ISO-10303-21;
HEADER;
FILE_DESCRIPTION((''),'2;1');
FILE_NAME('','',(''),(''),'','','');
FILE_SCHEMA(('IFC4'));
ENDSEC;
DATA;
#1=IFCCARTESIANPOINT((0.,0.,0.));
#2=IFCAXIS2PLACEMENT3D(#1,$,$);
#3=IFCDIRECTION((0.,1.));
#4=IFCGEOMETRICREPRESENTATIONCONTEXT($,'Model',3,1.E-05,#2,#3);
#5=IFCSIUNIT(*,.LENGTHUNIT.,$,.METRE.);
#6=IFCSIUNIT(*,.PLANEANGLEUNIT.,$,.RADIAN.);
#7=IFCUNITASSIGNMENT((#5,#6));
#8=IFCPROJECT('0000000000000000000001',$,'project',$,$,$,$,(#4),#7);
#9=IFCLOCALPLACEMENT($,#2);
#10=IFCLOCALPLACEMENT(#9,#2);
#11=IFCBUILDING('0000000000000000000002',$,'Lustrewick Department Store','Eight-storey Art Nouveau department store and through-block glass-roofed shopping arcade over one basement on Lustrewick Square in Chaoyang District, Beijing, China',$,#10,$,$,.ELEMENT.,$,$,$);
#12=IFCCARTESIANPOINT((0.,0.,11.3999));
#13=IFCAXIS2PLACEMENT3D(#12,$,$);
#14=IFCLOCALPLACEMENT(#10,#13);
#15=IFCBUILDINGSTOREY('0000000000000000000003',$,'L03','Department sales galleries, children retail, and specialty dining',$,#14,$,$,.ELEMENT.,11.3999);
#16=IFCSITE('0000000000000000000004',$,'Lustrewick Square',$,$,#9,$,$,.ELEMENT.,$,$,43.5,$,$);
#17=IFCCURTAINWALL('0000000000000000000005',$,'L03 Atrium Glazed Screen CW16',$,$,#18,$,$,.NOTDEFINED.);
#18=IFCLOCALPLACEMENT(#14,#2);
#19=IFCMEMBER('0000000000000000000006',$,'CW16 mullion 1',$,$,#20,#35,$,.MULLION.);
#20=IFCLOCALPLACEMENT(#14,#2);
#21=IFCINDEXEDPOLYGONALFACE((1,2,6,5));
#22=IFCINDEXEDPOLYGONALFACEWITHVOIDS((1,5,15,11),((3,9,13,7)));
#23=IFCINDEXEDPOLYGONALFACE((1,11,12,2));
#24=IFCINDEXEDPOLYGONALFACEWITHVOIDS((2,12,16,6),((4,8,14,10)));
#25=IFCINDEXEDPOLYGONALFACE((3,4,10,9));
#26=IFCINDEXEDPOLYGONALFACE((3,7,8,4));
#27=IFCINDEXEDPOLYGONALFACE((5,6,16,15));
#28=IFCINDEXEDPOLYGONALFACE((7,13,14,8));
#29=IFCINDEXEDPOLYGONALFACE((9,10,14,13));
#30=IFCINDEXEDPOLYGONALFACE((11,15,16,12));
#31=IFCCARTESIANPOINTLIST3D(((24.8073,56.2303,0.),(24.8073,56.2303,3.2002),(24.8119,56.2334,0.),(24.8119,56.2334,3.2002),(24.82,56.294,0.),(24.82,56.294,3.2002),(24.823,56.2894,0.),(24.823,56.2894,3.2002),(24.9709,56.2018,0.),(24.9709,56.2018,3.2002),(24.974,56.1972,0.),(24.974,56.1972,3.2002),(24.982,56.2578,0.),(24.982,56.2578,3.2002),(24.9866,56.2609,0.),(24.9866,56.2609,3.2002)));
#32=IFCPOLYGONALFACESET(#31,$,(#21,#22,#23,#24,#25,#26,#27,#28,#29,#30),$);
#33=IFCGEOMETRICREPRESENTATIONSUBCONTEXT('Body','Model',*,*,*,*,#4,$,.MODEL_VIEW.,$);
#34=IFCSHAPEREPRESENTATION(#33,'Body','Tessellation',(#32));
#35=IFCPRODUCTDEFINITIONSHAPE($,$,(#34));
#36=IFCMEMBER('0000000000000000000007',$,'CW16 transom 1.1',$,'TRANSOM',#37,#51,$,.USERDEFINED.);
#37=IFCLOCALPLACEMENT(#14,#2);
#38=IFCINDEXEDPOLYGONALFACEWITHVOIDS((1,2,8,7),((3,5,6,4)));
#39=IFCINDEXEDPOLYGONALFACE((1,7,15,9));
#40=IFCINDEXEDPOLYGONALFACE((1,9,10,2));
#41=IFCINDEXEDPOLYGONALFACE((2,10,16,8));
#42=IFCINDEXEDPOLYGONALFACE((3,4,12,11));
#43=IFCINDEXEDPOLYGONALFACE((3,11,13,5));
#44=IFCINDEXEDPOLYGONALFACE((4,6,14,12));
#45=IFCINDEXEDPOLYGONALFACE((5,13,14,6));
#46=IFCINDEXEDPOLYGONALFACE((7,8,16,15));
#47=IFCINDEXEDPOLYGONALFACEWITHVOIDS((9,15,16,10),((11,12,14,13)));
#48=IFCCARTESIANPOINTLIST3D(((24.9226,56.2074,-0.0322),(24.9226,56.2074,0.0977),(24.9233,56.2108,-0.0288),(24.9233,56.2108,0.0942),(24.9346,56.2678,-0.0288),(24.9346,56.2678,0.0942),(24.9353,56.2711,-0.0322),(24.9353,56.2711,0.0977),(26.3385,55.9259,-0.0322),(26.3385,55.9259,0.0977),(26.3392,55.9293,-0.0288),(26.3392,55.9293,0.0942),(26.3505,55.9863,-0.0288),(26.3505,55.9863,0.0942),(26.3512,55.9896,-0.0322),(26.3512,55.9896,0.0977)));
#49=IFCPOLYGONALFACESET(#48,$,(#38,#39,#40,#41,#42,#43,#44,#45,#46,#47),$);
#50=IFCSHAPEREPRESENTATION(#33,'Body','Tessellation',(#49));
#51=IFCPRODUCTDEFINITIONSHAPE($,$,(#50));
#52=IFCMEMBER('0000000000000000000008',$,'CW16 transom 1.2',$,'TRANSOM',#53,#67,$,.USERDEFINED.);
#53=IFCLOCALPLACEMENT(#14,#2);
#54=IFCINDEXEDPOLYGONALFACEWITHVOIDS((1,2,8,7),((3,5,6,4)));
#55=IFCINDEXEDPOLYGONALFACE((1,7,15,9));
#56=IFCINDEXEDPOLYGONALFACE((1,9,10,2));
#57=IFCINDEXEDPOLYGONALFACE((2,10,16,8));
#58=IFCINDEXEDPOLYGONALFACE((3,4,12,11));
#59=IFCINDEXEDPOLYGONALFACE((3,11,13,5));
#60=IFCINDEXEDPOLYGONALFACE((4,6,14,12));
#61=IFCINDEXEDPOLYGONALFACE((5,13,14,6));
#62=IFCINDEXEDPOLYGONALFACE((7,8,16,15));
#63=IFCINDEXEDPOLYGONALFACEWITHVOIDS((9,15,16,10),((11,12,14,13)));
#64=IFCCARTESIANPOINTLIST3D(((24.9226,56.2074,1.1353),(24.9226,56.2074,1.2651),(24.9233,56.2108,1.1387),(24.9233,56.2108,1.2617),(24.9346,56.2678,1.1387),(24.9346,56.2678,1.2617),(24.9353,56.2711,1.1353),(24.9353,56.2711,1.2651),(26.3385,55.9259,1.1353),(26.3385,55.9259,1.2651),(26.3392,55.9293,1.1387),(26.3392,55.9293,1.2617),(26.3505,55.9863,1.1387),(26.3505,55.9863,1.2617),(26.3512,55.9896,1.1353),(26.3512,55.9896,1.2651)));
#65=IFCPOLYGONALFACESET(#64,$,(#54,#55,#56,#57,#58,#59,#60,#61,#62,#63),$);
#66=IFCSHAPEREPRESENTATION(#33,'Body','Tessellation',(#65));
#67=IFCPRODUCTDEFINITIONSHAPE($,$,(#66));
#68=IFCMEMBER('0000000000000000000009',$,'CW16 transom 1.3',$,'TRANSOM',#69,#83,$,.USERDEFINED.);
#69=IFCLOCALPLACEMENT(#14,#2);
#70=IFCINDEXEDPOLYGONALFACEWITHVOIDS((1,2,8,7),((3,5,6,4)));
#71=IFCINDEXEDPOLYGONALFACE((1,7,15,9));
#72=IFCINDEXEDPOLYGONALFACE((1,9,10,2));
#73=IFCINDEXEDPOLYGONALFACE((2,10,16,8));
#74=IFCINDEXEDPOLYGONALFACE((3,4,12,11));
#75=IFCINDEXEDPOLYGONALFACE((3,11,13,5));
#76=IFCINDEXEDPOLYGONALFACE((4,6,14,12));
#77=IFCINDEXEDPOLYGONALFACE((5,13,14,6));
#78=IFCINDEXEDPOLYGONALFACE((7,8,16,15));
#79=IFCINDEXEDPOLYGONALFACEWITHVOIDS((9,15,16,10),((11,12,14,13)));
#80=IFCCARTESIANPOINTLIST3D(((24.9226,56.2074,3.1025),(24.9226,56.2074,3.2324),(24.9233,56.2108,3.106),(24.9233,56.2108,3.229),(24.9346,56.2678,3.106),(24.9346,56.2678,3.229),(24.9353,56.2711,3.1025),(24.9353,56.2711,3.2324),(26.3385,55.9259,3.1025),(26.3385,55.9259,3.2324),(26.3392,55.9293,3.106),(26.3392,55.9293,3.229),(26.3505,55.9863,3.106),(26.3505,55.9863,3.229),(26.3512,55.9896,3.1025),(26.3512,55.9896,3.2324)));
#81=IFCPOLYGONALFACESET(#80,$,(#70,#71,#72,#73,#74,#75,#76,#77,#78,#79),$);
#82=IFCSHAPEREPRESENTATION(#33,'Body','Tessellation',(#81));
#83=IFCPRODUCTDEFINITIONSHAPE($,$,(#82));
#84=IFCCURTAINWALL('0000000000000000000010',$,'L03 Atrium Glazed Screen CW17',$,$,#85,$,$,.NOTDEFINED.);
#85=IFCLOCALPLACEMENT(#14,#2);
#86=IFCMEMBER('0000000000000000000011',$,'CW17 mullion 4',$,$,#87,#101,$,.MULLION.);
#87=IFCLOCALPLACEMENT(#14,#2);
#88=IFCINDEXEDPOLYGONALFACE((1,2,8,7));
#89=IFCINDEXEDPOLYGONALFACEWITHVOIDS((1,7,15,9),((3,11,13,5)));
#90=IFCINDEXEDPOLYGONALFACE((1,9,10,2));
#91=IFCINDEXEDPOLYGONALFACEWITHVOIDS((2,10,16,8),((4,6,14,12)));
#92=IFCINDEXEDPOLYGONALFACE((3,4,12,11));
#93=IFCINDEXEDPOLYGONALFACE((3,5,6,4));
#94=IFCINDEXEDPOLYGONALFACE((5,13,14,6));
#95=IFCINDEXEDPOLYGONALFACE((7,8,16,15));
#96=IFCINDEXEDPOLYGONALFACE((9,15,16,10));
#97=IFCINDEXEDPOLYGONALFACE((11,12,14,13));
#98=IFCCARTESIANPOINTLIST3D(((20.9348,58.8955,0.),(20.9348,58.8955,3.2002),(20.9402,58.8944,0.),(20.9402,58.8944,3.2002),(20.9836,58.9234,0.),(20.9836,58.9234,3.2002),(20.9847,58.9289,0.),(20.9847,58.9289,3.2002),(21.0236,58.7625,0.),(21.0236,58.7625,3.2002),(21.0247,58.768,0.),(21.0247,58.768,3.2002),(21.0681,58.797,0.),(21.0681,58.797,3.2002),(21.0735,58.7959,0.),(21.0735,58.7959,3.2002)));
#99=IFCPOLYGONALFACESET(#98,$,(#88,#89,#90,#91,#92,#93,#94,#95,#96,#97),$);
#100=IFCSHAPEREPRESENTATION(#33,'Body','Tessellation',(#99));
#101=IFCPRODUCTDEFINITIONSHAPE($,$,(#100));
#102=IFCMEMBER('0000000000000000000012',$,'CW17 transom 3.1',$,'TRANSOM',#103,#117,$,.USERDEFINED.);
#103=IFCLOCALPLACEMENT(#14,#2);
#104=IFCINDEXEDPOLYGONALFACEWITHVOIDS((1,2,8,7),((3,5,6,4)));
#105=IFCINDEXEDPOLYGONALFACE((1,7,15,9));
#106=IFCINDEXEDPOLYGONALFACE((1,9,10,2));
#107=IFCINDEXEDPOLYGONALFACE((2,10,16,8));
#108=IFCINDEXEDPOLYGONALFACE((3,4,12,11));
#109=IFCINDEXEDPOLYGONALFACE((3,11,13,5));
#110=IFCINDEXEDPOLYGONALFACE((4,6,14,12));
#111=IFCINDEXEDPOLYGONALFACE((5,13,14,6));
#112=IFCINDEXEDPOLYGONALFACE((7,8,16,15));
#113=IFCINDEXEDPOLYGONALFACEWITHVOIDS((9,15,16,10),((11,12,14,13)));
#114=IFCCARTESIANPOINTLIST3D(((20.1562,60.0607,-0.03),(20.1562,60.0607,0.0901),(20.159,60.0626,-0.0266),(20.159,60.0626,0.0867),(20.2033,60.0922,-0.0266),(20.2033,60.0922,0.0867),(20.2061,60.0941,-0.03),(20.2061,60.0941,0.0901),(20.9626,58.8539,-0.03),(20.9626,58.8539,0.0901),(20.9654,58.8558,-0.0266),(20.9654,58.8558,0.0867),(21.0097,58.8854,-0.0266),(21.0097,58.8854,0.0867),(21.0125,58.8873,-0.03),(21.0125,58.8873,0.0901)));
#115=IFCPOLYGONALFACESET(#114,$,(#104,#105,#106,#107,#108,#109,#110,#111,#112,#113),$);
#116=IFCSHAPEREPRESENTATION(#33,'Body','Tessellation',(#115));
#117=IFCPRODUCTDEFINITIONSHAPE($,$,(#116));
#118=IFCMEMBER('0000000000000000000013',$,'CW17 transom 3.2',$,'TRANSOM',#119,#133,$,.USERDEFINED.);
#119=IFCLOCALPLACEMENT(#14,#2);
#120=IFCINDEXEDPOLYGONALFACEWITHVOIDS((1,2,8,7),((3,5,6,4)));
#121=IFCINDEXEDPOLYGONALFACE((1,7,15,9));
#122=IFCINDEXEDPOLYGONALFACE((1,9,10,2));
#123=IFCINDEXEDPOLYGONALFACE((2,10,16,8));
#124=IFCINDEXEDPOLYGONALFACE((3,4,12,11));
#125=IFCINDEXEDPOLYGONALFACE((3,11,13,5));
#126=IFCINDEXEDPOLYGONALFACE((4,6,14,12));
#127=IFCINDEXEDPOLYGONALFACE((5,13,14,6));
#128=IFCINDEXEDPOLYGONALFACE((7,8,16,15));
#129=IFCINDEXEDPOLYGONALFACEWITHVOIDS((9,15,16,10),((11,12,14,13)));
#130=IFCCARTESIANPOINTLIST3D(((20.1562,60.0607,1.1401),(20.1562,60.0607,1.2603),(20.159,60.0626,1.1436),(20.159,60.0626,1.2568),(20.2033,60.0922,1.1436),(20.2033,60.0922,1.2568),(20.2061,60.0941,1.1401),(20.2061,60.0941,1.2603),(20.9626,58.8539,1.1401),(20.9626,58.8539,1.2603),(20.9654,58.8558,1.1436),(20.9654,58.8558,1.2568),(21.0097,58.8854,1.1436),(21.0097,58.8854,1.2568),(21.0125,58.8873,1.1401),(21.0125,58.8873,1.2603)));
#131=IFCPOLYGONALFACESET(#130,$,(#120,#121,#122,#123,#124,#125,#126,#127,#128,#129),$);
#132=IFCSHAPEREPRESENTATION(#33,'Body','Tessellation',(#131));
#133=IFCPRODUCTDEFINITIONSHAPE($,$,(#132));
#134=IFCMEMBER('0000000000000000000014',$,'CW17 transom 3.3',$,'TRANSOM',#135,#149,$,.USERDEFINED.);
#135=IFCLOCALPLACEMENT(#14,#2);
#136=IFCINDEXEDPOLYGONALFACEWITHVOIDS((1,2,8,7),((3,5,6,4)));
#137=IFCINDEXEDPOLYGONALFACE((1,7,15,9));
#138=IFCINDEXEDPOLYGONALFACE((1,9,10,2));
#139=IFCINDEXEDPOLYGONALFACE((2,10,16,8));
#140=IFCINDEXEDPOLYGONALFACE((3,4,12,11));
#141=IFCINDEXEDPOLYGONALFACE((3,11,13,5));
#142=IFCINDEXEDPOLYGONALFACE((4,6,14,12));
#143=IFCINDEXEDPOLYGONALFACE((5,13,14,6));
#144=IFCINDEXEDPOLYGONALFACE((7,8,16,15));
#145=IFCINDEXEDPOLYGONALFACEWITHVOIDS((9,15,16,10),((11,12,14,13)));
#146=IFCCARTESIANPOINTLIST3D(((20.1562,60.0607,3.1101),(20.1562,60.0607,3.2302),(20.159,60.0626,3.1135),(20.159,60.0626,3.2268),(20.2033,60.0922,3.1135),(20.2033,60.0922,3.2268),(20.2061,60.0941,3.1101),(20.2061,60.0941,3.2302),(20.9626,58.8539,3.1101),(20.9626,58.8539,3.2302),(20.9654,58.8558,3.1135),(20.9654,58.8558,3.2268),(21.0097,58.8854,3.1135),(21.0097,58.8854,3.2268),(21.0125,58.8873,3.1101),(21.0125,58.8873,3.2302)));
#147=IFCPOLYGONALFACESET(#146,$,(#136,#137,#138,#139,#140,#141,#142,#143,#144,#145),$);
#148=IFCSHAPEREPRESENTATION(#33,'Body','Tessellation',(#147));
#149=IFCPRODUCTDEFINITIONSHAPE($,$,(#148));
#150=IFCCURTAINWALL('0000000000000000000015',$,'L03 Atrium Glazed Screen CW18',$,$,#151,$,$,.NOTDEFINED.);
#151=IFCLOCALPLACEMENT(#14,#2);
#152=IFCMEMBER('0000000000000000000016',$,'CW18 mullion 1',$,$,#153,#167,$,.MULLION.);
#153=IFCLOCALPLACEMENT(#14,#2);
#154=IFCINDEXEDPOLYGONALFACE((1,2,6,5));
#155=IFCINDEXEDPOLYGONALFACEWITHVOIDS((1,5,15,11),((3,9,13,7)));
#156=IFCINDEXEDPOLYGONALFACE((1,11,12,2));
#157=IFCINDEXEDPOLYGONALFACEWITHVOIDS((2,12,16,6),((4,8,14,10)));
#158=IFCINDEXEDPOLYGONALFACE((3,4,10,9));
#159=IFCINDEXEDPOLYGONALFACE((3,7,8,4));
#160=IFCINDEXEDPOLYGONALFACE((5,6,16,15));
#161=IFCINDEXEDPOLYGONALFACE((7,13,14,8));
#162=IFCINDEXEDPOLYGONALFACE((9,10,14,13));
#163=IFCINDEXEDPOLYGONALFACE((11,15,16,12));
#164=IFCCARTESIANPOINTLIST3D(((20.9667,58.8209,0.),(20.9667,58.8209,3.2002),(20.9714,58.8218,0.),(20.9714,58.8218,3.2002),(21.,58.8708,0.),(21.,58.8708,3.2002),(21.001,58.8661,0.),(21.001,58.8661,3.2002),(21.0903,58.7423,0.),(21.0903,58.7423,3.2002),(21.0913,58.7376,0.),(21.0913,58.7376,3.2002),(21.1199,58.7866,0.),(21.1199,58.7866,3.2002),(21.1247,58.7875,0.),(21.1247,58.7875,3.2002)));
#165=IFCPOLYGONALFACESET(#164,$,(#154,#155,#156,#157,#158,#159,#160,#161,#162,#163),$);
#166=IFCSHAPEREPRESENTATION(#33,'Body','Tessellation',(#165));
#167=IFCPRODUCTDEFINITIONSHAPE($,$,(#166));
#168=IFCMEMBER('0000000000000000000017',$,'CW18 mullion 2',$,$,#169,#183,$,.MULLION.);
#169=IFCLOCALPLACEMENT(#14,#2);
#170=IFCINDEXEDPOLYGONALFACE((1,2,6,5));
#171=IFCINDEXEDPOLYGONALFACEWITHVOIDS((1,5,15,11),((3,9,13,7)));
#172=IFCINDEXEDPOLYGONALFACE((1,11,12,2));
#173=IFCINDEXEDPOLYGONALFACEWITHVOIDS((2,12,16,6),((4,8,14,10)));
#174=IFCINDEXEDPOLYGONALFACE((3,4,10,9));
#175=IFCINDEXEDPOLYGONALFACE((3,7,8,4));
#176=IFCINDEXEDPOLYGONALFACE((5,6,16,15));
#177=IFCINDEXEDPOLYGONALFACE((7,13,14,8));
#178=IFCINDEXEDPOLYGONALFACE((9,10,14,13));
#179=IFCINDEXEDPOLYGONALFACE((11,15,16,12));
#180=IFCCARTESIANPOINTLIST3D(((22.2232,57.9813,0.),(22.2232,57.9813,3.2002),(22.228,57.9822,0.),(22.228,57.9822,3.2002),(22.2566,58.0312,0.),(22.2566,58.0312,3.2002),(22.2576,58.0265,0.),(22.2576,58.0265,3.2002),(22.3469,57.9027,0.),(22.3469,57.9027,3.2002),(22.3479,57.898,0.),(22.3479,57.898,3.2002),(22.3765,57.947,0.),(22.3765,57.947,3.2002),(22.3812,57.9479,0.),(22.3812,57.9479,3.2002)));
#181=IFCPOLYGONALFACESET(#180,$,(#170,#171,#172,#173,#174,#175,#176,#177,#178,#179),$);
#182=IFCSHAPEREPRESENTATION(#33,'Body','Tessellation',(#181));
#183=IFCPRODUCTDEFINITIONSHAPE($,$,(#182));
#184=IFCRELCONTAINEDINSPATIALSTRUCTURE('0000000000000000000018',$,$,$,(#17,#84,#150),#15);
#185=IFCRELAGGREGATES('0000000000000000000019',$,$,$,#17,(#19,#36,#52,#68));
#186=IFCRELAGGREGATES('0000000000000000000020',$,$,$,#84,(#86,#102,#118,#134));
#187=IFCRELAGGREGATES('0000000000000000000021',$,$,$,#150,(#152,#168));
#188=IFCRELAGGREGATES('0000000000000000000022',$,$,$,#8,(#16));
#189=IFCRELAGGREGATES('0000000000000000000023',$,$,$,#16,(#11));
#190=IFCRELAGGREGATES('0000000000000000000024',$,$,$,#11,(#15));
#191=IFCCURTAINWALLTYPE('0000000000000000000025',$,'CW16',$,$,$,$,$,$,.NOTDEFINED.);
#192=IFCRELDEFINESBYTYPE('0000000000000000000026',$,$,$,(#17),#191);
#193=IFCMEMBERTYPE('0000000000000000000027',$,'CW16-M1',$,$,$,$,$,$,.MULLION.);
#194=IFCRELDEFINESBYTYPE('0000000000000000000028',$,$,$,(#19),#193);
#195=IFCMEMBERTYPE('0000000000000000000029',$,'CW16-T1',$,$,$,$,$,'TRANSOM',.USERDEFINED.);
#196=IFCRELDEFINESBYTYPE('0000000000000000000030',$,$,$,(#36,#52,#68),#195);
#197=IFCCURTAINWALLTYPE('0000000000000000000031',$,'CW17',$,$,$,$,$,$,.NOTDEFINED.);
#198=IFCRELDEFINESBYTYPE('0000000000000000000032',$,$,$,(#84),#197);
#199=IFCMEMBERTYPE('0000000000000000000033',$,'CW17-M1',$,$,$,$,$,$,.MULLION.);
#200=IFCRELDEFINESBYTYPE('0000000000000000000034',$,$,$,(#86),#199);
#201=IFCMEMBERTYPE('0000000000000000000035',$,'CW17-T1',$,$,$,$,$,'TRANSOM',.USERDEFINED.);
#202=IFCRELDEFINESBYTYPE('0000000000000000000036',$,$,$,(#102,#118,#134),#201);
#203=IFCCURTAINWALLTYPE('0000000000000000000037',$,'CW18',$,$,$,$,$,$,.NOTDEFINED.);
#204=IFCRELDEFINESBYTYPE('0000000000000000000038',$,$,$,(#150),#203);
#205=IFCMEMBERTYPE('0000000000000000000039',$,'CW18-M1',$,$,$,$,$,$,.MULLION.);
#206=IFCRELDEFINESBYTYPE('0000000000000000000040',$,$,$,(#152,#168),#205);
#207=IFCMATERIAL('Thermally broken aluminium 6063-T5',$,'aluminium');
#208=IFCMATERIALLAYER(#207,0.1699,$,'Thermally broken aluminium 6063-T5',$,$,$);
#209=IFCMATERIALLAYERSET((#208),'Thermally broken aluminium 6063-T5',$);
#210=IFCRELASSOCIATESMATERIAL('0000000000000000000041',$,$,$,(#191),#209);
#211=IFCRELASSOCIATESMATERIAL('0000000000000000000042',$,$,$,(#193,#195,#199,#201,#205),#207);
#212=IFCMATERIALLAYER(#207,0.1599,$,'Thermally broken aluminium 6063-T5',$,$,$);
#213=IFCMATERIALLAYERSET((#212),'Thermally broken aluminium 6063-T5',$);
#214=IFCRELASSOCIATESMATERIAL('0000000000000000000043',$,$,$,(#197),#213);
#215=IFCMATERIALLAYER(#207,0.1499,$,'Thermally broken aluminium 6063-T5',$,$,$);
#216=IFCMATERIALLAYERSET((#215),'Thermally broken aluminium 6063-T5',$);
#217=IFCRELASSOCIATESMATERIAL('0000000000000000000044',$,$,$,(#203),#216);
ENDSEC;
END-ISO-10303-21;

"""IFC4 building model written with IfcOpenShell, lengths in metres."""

from ifc_helpers import new_model, si_unit, direction, frame, origin, origin_2d, place, context, subcontext, project, spatial, hollow_rectangle, extrude, material, layer, layer_set, material_profile, profile_set, type_object, element, aggregate, save


model = new_model("IFC4")

# Units and contexts
model_context = context("Model", 3, precision=1e-05, world=origin(), true_north=direction((0.0, 1.0)))
body_context = subcontext(model_context, "Body", "Model", "MODEL_VIEW")
ifc_project = project(units=[si_unit("LENGTHUNIT", "METRE"), si_unit("PLANEANGLEUNIT", "RADIAN")], contexts=[model_context])

# Site, building, storey
site_placement = place(None, origin())
site = spatial("IfcSite", under=ifc_project, at=site_placement, Name="Lustrewick Square", CompositionType="ELEMENT", RefElevation=43.5)
building_placement = place(site_placement, origin())
building = spatial("IfcBuilding", under=site, at=building_placement, Name="Lustrewick Department Store", Description="Eight-storey Art Nouveau department store and through-block glass-roofed shopping arcade over one basement on Lustrewick Square in Chaoyang District, Beijing, China", CompositionType="ELEMENT")
storey_placement = place(building_placement, frame((0.0, 0.0, 11.3999)))
storey = spatial("IfcBuildingStorey", under=building, at=storey_placement, Name="L03", Description="Department sales galleries, children retail, and specialty dining", CompositionType="ELEMENT", Elevation=11.3999)

# Curtain walls, members
ifc_material_1 = material(Name="Thermally broken aluminium 6063-T5", Category="aluminium")
ifc_layer_1 = layer(ifc_material_1, 0.1699, Name="Thermally broken aluminium 6063-T5")
ifc_layer_set_1 = layer_set([ifc_layer_1], Name="Thermally broken aluminium 6063-T5")
curtain_wall_type_1 = type_object("IfcCurtainWallType", Name="CW16", PredefinedType="NOTDEFINED", material=ifc_layer_set_1)
curtain_wall_1_placement = place(storey_placement, origin())
curtain_wall_1 = element("IfcCurtainWall", 1, at=curtain_wall_1_placement, inside=storey, type_object=curtain_wall_type_1, Name="L03 Atrium Glazed Screen CW16", PredefinedType="NOTDEFINED")
ifc_material_profile_1 = material_profile(ifc_material_1, hollow_rectangle(XDim=0.0649, YDim=0.1699, WallThickness=0.0039, at=origin_2d()), Name="ALU-M 65x170x4")
ifc_profile_set_1 = profile_set([ifc_material_profile_1], Name="Thermally broken aluminium 6063-T5")
member_type_1 = type_object("IfcMemberType", Name="CW16-M1", PredefinedType="MULLION", material=ifc_profile_set_1)
member_1_placement = place(storey_placement, frame((24.897, 56.2456, 0.0), z_axis=(0.0, 0.0, 1.0), x_axis=(0.195085, 0.980786, 0.0)))
member_1 = element("IfcMember", 2, at=member_1_placement, type_object=member_type_1, Name="CW16 mullion 1", PredefinedType="MULLION", context=body_context, shape_type="SweptSolid", body=[
    extrude(hollow_rectangle(XDim=0.0649, YDim=0.1699, WallThickness=0.0039, at=origin_2d()), origin(), (0.0, 0.0, 1.0), 3.2002),
])
ifc_material_profile_2 = material_profile(ifc_material_1, hollow_rectangle(XDim=0.0649, YDim=0.1299, WallThickness=0.0034, at=origin_2d()), Name="ALU-T 65x130x3.5")
ifc_profile_set_2 = profile_set([ifc_material_profile_2], Name="Thermally broken aluminium 6063-T5")
member_type_2 = type_object("IfcMemberType", Name="CW16-T1", ElementType="TRANSOM", PredefinedType="USERDEFINED", material=ifc_profile_set_2)
member_2_placement = place(storey_placement, frame((24.929, 56.2393, 0.0327), z_axis=(0.980808, -0.194978, 0.0), x_axis=(0.194978, 0.980808, 0.0)))
member_2 = element("IfcMember", 3, at=member_2_placement, type_object=member_type_2, Name="CW16 transom 1.1", ObjectType="TRANSOM", PredefinedType="USERDEFINED", context=body_context, shape_type="SweptSolid", body=[
    extrude(hollow_rectangle(XDim=0.0649, YDim=0.1299, WallThickness=0.0034, at=origin_2d()), origin(), (0.0, 0.0, 1.0), 1.4436),
])
member_3_placement = place(storey_placement, frame((24.929, 56.2393, 1.2002), z_axis=(0.980808, -0.194978, 0.0), x_axis=(0.194978, 0.980808, 0.0)))
member_3 = element("IfcMember", 4, at=member_3_placement, type_object=member_type_2, Name="CW16 transom 1.2", ObjectType="TRANSOM", PredefinedType="USERDEFINED", context=body_context, shape_type="SweptSolid", body=[
    extrude(hollow_rectangle(XDim=0.0649, YDim=0.1299, WallThickness=0.0034, at=origin_2d()), origin(), (0.0, 0.0, 1.0), 1.4436),
])
member_4_placement = place(storey_placement, frame((24.929, 56.2393, 3.1675), z_axis=(0.980808, -0.194978, 0.0), x_axis=(0.194978, 0.980808, 0.0)))
member_4 = element("IfcMember", 5, at=member_4_placement, type_object=member_type_2, Name="CW16 transom 1.3", ObjectType="TRANSOM", PredefinedType="USERDEFINED", context=body_context, shape_type="SweptSolid", body=[
    extrude(hollow_rectangle(XDim=0.0649, YDim=0.1299, WallThickness=0.0034, at=origin_2d()), origin(), (0.0, 0.0, 1.0), 1.4436),
])
ifc_layer_2 = layer(ifc_material_1, 0.1599, Name="Thermally broken aluminium 6063-T5")
ifc_layer_set_2 = layer_set([ifc_layer_2], Name="Thermally broken aluminium 6063-T5")
curtain_wall_type_2 = type_object("IfcCurtainWallType", Name="CW17", PredefinedType="NOTDEFINED", material=ifc_layer_set_2)
curtain_wall_2_placement = place(storey_placement, origin())
curtain_wall_2 = element("IfcCurtainWall", 6, at=curtain_wall_2_placement, inside=storey, type_object=curtain_wall_type_2, Name="L03 Atrium Glazed Screen CW17", PredefinedType="NOTDEFINED")
ifc_material_profile_3 = material_profile(ifc_material_1, hollow_rectangle(XDim=0.0601, YDim=0.1599, WallThickness=0.0039, at=origin_2d()), Name="ALU-M 60x160x4")
ifc_profile_set_3 = profile_set([ifc_material_profile_3], Name="Thermally broken aluminium 6063-T5")
member_type_3 = type_object("IfcMemberType", Name="CW17-M1", PredefinedType="MULLION", material=ifc_profile_set_3)
member_5_placement = place(storey_placement, frame((21.0042, 58.8457, 0.0), z_axis=(0.0, 0.0, 1.0), x_axis=(0.831464, 0.555578, 0.0)))
member_5 = element("IfcMember", 7, at=member_5_placement, type_object=member_type_3, Name="CW17 mullion 4", PredefinedType="MULLION", context=body_context, shape_type="SweptSolid", body=[
    extrude(hollow_rectangle(XDim=0.0601, YDim=0.1599, WallThickness=0.0039, at=origin_2d()), origin(), (0.0, 0.0, 1.0), 3.2002),
])
ifc_material_profile_4 = material_profile(ifc_material_1, hollow_rectangle(XDim=0.0601, YDim=0.1201, WallThickness=0.0034, at=origin_2d()), Name="ALU-T 60x120x3.5")
ifc_profile_set_4 = profile_set([ifc_material_profile_4], Name="Thermally broken aluminium 6063-T5")
member_type_4 = type_object("IfcMemberType", Name="CW17-T1", ElementType="TRANSOM", PredefinedType="USERDEFINED", material=ifc_profile_set_4)
member_6_placement = place(storey_placement, frame((20.1812, 60.0774, 0.03), z_axis=(0.555593, -0.831455, 0.0), x_axis=(0.831455, 0.555593, 0.0)))
member_6 = element("IfcMember", 8, at=member_6_placement, type_object=member_type_4, Name="CW17 transom 3.1", ObjectType="TRANSOM", PredefinedType="USERDEFINED", context=body_context, shape_type="SweptSolid", body=[
    extrude(hollow_rectangle(XDim=0.0601, YDim=0.1201, WallThickness=0.0034, at=origin_2d()), origin(), (0.0, 0.0, 1.0), 1.4514),
])
member_7_placement = place(storey_placement, frame((20.1812, 60.0774, 1.2002), z_axis=(0.555593, -0.831455, 0.0), x_axis=(0.831455, 0.555593, 0.0)))
member_7 = element("IfcMember", 9, at=member_7_placement, type_object=member_type_4, Name="CW17 transom 3.2", ObjectType="TRANSOM", PredefinedType="USERDEFINED", context=body_context, shape_type="SweptSolid", body=[
    extrude(hollow_rectangle(XDim=0.0601, YDim=0.1201, WallThickness=0.0034, at=origin_2d()), origin(), (0.0, 0.0, 1.0), 1.4514),
])
member_8_placement = place(storey_placement, frame((20.1812, 60.0774, 3.1702), z_axis=(0.555593, -0.831455, 0.0), x_axis=(0.831455, 0.555593, 0.0)))
member_8 = element("IfcMember", 10, at=member_8_placement, type_object=member_type_4, Name="CW17 transom 3.3", ObjectType="TRANSOM", PredefinedType="USERDEFINED", context=body_context, shape_type="SweptSolid", body=[
    extrude(hollow_rectangle(XDim=0.0601, YDim=0.1201, WallThickness=0.0034, at=origin_2d()), origin(), (0.0, 0.0, 1.0), 1.4514),
])
ifc_layer_3 = layer(ifc_material_1, 0.1499, Name="Thermally broken aluminium 6063-T5")
ifc_layer_set_3 = layer_set([ifc_layer_3], Name="Thermally broken aluminium 6063-T5")
curtain_wall_type_3 = type_object("IfcCurtainWallType", Name="CW18", PredefinedType="NOTDEFINED", material=ifc_layer_set_3)
curtain_wall_3_placement = place(storey_placement, origin())
curtain_wall_3 = element("IfcCurtainWall", 11, at=curtain_wall_3_placement, inside=storey, type_object=curtain_wall_type_3, Name="L03 Atrium Glazed Screen CW18", PredefinedType="NOTDEFINED")
ifc_material_profile_5 = material_profile(ifc_material_1, hollow_rectangle(XDim=0.0601, YDim=0.1499, WallThickness=0.0034, at=origin_2d()), Name="ALU-M 60x150x3.5")
ifc_profile_set_5 = profile_set([ifc_material_profile_5], Name="Thermally broken aluminium 6063-T5")
member_type_5 = type_object("IfcMemberType", Name="CW18-M1", PredefinedType="MULLION", material=ifc_profile_set_5)
member_9_placement = place(storey_placement, frame((21.0457, 58.8042, 0.0), z_axis=(0.0, 0.0, 1.0), x_axis=(0.555578, 0.831464, 0.0)))
member_9 = element("IfcMember", 12, at=member_9_placement, type_object=member_type_5, Name="CW18 mullion 1", PredefinedType="MULLION", context=body_context, shape_type="SweptSolid", body=[
    extrude(hollow_rectangle(XDim=0.0601, YDim=0.1499, WallThickness=0.0034, at=origin_2d()), origin(), (0.0, 0.0, 1.0), 3.2002),
])
member_10_placement = place(storey_placement, frame((22.3022, 57.9646, 0.0), z_axis=(0.0, 0.0, 1.0), x_axis=(0.555578, 0.831464, 0.0)))
member_10 = element("IfcMember", 13, at=member_10_placement, type_object=member_type_5, Name="CW18 mullion 2", PredefinedType="MULLION", context=body_context, shape_type="SweptSolid", body=[
    extrude(hollow_rectangle(XDim=0.0601, YDim=0.1499, WallThickness=0.0034, at=origin_2d()), origin(), (0.0, 0.0, 1.0), 3.2002),
])

aggregate(curtain_wall_1, [member_1, member_2, member_3, member_4])
aggregate(curtain_wall_2, [member_5, member_6, member_7, member_8])
aggregate(curtain_wall_3, [member_9, member_10])

save(model, "model.ifc")
